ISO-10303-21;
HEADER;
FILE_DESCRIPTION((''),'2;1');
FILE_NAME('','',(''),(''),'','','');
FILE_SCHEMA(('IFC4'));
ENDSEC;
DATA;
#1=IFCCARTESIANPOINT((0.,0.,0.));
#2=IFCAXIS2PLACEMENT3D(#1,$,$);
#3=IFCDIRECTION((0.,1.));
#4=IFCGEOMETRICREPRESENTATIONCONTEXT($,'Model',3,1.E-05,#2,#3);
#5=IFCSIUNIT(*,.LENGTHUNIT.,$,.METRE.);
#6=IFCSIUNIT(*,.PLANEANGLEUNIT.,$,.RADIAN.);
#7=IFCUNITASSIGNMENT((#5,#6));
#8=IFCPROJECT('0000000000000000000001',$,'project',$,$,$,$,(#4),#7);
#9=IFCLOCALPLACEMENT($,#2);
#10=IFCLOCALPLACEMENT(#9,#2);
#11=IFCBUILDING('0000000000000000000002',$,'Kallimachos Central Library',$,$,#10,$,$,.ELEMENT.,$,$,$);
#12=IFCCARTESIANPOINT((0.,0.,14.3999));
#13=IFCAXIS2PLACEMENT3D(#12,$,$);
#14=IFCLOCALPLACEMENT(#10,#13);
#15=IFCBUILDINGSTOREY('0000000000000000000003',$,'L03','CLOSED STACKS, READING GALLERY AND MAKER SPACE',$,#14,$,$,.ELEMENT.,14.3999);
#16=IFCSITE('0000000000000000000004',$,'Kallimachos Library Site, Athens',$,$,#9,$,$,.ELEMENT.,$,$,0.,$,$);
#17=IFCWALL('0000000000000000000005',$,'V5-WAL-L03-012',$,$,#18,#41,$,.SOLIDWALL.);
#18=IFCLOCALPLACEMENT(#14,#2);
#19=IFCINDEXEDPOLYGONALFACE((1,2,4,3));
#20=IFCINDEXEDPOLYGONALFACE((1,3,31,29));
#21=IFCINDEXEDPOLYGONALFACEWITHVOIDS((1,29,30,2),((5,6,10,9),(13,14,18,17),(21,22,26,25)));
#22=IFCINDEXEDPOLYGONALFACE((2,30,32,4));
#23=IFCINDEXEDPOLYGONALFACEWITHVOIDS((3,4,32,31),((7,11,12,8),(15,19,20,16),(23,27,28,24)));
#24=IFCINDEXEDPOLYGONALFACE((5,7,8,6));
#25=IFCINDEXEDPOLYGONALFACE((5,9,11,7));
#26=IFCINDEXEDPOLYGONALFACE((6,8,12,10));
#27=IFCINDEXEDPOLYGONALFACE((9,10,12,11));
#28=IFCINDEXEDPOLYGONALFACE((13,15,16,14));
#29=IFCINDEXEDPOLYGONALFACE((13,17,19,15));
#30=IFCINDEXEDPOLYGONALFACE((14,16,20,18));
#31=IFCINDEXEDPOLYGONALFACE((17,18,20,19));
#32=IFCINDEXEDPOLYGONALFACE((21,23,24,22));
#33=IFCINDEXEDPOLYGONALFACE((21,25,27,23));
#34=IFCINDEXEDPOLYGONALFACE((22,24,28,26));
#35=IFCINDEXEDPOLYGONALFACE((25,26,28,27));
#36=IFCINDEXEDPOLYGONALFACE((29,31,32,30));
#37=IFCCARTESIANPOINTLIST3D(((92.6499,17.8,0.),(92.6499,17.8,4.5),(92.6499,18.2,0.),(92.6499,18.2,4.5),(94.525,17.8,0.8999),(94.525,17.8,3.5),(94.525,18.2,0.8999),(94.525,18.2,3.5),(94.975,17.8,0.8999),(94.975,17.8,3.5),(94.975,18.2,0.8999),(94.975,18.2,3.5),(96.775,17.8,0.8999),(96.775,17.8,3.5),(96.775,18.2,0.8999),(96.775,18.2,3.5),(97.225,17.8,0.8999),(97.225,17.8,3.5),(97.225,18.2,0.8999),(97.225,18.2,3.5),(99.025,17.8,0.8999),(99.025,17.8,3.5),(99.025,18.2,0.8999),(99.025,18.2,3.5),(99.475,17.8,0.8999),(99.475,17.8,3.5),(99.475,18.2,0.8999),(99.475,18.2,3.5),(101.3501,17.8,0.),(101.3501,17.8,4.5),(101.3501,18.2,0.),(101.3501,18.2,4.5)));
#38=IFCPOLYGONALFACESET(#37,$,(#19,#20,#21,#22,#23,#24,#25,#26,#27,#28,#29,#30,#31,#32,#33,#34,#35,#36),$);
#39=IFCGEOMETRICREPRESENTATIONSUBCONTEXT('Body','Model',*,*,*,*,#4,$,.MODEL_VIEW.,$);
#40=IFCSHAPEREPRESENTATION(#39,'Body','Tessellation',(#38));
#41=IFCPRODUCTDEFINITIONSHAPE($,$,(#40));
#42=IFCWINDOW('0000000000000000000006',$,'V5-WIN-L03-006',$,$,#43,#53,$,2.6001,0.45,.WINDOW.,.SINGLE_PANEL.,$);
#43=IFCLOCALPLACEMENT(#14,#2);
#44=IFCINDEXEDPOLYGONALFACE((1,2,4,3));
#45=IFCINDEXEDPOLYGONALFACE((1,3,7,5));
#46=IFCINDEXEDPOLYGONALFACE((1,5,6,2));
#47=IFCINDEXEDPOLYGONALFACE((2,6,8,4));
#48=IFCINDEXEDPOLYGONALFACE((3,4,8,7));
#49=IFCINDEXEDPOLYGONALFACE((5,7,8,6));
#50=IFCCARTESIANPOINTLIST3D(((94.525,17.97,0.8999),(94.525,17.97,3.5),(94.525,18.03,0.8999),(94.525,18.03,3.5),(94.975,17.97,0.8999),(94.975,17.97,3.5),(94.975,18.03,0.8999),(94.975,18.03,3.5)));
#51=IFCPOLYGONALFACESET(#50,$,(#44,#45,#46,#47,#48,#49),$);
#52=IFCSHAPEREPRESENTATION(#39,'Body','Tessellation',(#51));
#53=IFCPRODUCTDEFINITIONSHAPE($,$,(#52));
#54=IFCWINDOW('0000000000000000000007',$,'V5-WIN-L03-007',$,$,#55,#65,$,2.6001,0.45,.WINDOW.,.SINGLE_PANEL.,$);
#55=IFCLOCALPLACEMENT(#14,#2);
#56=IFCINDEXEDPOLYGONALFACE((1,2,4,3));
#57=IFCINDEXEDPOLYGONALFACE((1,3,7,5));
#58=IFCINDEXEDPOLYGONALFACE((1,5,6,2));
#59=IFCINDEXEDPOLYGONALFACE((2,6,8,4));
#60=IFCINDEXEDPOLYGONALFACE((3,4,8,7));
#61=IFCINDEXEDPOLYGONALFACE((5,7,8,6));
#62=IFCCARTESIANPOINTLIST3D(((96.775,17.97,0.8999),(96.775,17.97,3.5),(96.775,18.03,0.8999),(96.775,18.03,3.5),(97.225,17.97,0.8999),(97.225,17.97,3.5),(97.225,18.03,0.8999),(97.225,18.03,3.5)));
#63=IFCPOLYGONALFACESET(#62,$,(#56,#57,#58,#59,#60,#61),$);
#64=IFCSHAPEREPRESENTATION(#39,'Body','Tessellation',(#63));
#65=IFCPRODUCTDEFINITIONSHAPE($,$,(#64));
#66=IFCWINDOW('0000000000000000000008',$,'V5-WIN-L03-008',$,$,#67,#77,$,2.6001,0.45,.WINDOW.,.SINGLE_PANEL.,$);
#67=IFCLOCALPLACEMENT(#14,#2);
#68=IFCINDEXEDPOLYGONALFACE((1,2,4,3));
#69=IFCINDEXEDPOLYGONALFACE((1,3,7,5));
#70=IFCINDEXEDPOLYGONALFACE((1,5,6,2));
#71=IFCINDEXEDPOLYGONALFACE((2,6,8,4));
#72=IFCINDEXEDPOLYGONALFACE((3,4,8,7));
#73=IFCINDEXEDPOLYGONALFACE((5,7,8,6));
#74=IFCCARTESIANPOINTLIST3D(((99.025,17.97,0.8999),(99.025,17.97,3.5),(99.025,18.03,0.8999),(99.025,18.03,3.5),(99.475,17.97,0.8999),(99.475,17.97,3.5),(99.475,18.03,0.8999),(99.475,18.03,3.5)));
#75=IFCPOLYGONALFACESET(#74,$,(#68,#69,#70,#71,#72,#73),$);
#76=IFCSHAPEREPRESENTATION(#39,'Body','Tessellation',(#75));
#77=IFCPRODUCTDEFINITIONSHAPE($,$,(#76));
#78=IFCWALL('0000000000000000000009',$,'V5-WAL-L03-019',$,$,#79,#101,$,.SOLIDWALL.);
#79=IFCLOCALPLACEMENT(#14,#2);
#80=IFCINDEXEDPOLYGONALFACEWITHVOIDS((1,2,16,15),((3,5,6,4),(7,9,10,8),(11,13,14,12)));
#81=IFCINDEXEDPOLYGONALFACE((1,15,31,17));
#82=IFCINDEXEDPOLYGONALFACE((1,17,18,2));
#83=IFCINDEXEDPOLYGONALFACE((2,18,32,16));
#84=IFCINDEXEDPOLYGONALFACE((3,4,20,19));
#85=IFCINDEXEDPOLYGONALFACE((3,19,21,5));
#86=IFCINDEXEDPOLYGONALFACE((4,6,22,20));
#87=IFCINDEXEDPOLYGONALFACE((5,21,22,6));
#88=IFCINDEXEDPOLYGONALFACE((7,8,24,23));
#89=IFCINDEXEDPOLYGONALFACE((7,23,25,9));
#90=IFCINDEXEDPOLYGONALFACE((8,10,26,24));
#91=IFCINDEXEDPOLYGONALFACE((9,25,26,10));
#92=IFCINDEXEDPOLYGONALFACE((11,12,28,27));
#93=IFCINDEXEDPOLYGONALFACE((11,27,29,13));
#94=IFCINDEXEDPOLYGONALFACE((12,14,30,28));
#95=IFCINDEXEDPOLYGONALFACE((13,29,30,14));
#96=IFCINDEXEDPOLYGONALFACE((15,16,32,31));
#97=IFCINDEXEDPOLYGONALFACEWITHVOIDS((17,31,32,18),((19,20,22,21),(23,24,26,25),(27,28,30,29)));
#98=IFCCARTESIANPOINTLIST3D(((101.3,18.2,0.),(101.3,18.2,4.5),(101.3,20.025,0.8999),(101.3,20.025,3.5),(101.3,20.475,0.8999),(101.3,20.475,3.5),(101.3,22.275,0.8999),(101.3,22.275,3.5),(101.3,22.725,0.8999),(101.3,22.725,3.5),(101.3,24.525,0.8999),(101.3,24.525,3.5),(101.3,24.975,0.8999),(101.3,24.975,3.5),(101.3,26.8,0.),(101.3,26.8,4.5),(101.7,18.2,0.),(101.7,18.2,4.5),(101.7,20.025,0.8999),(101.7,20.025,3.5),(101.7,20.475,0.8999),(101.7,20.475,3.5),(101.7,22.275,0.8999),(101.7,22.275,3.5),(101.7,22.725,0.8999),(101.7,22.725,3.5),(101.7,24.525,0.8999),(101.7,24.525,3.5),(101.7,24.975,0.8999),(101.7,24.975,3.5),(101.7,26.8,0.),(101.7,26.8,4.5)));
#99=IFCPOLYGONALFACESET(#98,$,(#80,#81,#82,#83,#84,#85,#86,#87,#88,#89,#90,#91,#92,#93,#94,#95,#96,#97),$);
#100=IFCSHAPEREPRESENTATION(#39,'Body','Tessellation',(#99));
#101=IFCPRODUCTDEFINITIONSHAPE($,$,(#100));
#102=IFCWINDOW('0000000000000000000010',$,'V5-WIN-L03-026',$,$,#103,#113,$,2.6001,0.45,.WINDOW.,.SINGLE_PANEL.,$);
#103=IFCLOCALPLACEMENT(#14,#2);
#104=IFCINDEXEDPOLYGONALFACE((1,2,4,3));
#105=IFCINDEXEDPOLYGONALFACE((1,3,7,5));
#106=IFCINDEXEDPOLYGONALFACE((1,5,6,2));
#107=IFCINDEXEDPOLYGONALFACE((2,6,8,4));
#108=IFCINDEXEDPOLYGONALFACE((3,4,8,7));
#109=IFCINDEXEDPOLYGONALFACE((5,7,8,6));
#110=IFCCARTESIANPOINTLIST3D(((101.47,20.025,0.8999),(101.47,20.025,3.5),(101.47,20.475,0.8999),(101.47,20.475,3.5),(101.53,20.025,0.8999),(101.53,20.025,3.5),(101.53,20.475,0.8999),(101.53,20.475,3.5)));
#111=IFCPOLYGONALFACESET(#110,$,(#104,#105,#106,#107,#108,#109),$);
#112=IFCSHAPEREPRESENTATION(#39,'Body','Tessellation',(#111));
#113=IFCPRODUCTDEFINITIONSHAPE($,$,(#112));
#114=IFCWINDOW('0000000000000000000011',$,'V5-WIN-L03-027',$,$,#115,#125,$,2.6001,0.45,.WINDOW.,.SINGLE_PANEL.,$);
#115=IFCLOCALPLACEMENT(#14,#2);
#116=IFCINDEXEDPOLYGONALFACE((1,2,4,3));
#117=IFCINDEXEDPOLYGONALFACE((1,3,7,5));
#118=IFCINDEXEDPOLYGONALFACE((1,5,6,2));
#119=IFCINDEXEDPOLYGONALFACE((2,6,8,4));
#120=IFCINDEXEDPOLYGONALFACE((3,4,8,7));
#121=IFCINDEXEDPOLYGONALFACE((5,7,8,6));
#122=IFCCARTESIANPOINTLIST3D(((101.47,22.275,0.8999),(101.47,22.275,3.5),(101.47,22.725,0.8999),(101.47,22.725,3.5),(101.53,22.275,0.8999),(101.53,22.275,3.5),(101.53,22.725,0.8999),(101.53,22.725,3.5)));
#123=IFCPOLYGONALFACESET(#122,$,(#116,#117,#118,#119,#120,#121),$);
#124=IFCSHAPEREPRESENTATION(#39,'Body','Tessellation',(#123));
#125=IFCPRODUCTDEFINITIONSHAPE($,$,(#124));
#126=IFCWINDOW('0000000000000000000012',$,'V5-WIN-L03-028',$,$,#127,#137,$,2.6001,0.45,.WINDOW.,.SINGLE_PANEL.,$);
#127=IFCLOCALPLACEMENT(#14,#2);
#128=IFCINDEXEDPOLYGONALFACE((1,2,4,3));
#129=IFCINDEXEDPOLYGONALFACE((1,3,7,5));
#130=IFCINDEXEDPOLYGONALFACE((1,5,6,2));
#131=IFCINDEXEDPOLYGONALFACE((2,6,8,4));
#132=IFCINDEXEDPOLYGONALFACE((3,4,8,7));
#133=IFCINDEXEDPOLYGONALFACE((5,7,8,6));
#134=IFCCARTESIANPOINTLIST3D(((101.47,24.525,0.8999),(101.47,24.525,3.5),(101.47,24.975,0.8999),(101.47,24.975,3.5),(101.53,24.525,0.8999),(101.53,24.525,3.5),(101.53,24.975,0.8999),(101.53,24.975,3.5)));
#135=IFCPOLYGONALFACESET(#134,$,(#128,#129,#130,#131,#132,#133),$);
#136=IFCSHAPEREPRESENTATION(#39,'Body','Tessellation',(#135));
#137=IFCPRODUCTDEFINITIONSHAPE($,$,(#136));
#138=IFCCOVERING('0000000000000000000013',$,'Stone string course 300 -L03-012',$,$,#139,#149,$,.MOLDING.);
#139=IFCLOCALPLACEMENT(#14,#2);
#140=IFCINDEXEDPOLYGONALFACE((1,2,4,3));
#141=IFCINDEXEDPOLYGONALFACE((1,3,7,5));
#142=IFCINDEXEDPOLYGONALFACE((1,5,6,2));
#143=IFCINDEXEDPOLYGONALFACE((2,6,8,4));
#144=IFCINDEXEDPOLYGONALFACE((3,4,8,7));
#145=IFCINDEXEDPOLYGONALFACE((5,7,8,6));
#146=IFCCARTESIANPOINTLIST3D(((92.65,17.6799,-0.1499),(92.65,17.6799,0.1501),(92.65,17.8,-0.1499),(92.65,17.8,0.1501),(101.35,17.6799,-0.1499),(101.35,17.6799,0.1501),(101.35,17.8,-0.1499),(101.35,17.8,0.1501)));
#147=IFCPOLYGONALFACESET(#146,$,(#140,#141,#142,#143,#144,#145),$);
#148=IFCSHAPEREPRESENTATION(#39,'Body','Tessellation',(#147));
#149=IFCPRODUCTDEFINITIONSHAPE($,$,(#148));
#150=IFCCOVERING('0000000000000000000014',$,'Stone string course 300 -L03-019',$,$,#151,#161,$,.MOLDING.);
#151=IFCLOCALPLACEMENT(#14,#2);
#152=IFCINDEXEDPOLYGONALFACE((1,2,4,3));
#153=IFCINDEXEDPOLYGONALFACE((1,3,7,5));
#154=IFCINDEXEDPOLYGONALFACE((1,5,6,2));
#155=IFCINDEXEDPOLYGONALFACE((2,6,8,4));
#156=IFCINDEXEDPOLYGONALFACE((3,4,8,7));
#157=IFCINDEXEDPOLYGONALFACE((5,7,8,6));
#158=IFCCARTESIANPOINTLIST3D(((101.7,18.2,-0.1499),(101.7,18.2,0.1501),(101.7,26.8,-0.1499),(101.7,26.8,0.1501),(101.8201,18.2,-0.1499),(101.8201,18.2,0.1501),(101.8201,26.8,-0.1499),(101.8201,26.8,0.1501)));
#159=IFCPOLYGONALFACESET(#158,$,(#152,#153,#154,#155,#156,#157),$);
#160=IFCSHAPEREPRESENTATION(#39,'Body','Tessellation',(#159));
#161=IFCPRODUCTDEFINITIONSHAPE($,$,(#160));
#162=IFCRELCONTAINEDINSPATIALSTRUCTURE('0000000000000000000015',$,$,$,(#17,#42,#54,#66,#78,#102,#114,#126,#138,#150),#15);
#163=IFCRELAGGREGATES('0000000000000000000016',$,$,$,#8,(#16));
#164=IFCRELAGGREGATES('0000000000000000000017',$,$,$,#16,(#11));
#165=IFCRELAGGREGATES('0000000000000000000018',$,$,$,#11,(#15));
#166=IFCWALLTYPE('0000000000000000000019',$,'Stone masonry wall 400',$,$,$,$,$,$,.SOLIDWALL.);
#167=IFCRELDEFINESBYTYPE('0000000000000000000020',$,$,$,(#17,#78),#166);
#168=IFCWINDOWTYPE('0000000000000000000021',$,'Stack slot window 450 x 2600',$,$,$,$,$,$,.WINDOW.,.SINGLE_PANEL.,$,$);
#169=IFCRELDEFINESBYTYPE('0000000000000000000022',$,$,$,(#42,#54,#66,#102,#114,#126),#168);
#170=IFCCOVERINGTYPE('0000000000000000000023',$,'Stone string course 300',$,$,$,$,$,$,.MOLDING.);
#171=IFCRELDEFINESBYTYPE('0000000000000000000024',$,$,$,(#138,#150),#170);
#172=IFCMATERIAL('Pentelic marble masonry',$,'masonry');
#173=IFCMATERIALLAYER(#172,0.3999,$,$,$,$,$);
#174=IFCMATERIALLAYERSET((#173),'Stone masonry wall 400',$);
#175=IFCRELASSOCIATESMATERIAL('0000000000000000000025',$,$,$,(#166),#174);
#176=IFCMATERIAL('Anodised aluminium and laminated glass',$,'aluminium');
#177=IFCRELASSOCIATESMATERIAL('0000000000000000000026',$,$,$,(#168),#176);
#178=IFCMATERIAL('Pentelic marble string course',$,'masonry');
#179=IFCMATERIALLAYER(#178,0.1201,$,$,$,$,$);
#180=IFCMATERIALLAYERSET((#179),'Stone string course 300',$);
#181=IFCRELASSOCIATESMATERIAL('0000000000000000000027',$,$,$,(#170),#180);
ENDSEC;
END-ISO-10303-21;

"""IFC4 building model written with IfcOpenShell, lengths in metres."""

from ifc_helpers import new_model, si_unit, direction, frame, frame_2d, origin, origin_2d, place, context, subcontext, project, spatial, rectangle, extrude, material, layer, layer_set, type_object, element, fill, save


model = new_model("IFC4")

# Units and contexts
model_context = context("Model", 3, precision=1e-05, world=origin(), true_north=direction((0.0, 1.0)))
body_context = subcontext(model_context, "Body", "Model", "MODEL_VIEW")
ifc_project = project(units=[si_unit("LENGTHUNIT", "METRE"), si_unit("PLANEANGLEUNIT", "RADIAN")], contexts=[model_context])

# Site, building, storey
site_placement = place(None, origin())
site = spatial("IfcSite", under=ifc_project, at=site_placement, Name="Kallimachos Library Site, Athens", CompositionType="ELEMENT", RefElevation=0.0)
building_placement = place(site_placement, origin())
building = spatial("IfcBuilding", under=site, at=building_placement, Name="Kallimachos Central Library", CompositionType="ELEMENT")
storey_placement = place(building_placement, frame((0.0, 0.0, 14.3999)))
storey = spatial("IfcBuildingStorey", under=building, at=storey_placement, Name="L03", Description="CLOSED STACKS, READING GALLERY AND MAKER SPACE", CompositionType="ELEMENT", Elevation=14.3999)

# Walls, openings, windows
ifc_material_1 = material(Name="Pentelic marble masonry", Category="masonry")
ifc_layer_1 = layer(ifc_material_1, 0.3999)
ifc_layer_set_1 = layer_set([ifc_layer_1], Name="Stone masonry wall 400")
wall_type = type_object("IfcWallType", Name="Stone masonry wall 400", PredefinedType="SOLIDWALL", material=ifc_layer_set_1)
wall_1_placement = place(storey_placement, frame((92.6499, 18.0, 0.0), z_axis=(0.0, 0.0, 1.0), x_axis=(1.0, 0.0, 0.0)))
wall_1 = element("IfcWall", 1, at=wall_1_placement, inside=storey, type_object=wall_type, Name="V5-WAL-L03-012", PredefinedType="SOLIDWALL", context=body_context, shape_type="SweptSolid", body=[
    extrude(rectangle(XDim=8.7002, YDim=0.3999, at=frame_2d((4.3501, 0.0))), origin(), (0.0, 0.0, 1.0), 4.5),
])
opening_1_placement = place(wall_1_placement, frame((1.875, 0.0, 0.8999)))
opening_1 = element("IfcOpeningElement", 2, at=opening_1_placement, cuts=wall_1, PredefinedType="OPENING", context=body_context, shape_type="SweptSolid", body=[
    extrude(rectangle(XDim=0.45, YDim=2.6001, at=frame_2d((0.2251, 1.3))), frame((0.0, 0.21, 0.0), z_axis=(0.0, -1.0, 0.0), x_axis=(1.0, 0.0, 0.0)), (0.0, 0.0, 1.0), 0.4199),
])
opening_2_placement = place(wall_1_placement, frame((4.125, 0.0, 0.8999)))
opening_2 = element("IfcOpeningElement", 3, at=opening_2_placement, cuts=wall_1, PredefinedType="OPENING", context=body_context, shape_type="SweptSolid", body=[
    extrude(rectangle(XDim=0.45, YDim=2.6001, at=frame_2d((0.2251, 1.3))), frame((0.0, 0.21, 0.0), z_axis=(0.0, -1.0, 0.0), x_axis=(1.0, 0.0, 0.0)), (0.0, 0.0, 1.0), 0.4199),
])
opening_3_placement = place(wall_1_placement, frame((6.375, 0.0, 0.8999)))
opening_3 = element("IfcOpeningElement", 4, at=opening_3_placement, cuts=wall_1, PredefinedType="OPENING", context=body_context, shape_type="SweptSolid", body=[
    extrude(rectangle(XDim=0.45, YDim=2.6001, at=frame_2d((0.2251, 1.3))), frame((0.0, 0.21, 0.0), z_axis=(0.0, -1.0, 0.0), x_axis=(1.0, 0.0, 0.0)), (0.0, 0.0, 1.0), 0.4199),
])
ifc_material_2 = material(Name="Anodised aluminium and laminated glass", Category="aluminium")
window_type = type_object("IfcWindowType", Name="Stack slot window 450 x 2600", PartitioningType="SINGLE_PANEL", PredefinedType="WINDOW", material=ifc_material_2)
window_1_placement = place(opening_1_placement, origin())
window_1 = element("IfcWindow", 5, at=window_1_placement, inside=storey, type_object=window_type, Name="V5-WIN-L03-006", OverallHeight=2.6001, OverallWidth=0.45, PartitioningType="SINGLE_PANEL", PredefinedType="WINDOW", context=body_context, shape_type="SweptSolid", body=[
    extrude(rectangle(XDim=0.45, YDim=2.6001, at=frame_2d((0.2251, 1.3))), frame((0.0, 0.03, 0.0), z_axis=(0.0, -1.0, 0.0), x_axis=(1.0, 0.0, 0.0)), (0.0, 0.0, 1.0), 0.0601),
])
fill(opening_1, window_1)
window_2_placement = place(opening_2_placement, origin())
window_2 = element("IfcWindow", 6, at=window_2_placement, inside=storey, type_object=window_type, Name="V5-WIN-L03-007", OverallHeight=2.6001, OverallWidth=0.45, PartitioningType="SINGLE_PANEL", PredefinedType="WINDOW", context=body_context, shape_type="SweptSolid", body=[
    extrude(rectangle(XDim=0.45, YDim=2.6001, at=frame_2d((0.2251, 1.3))), frame((0.0, 0.03, 0.0), z_axis=(0.0, -1.0, 0.0), x_axis=(1.0, 0.0, 0.0)), (0.0, 0.0, 1.0), 0.0601),
])
fill(opening_2, window_2)
window_3_placement = place(opening_3_placement, origin())
window_3 = element("IfcWindow", 7, at=window_3_placement, inside=storey, type_object=window_type, Name="V5-WIN-L03-008", OverallHeight=2.6001, OverallWidth=0.45, PartitioningType="SINGLE_PANEL", PredefinedType="WINDOW", context=body_context, shape_type="SweptSolid", body=[
    extrude(rectangle(XDim=0.45, YDim=2.6001, at=frame_2d((0.2251, 1.3))), frame((0.0, 0.03, 0.0), z_axis=(0.0, -1.0, 0.0), x_axis=(1.0, 0.0, 0.0)), (0.0, 0.0, 1.0), 0.0601),
])
fill(opening_3, window_3)
wall_2_placement = place(storey_placement, frame((101.5, 18.2, 0.0), z_axis=(0.0, 0.0, 1.0), x_axis=(0.0, 1.0, 0.0)))
wall_2 = element("IfcWall", 8, at=wall_2_placement, inside=storey, type_object=wall_type, Name="V5-WAL-L03-019", PredefinedType="SOLIDWALL", context=body_context, shape_type="SweptSolid", body=[
    extrude(rectangle(XDim=8.6001, YDim=0.3999, at=frame_2d((4.3, 0.0))), origin(), (0.0, 0.0, 1.0), 4.5),
])
opening_4_placement = place(wall_2_placement, frame((1.825, 0.0, 0.8999)))
opening_4 = element("IfcOpeningElement", 9, at=opening_4_placement, cuts=wall_2, PredefinedType="OPENING", context=body_context, shape_type="SweptSolid", body=[
    extrude(rectangle(XDim=0.45, YDim=2.6001, at=frame_2d((0.2251, 1.3))), frame((0.0, 0.21, 0.0), z_axis=(0.0, -1.0, 0.0), x_axis=(1.0, 0.0, 0.0)), (0.0, 0.0, 1.0), 0.4199),
])
opening_5_placement = place(wall_2_placement, frame((4.075, 0.0, 0.8999)))
opening_5 = element("IfcOpeningElement", 10, at=opening_5_placement, cuts=wall_2, PredefinedType="OPENING", context=body_context, shape_type="SweptSolid", body=[
    extrude(rectangle(XDim=0.45, YDim=2.6001, at=frame_2d((0.2251, 1.3))), frame((0.0, 0.21, 0.0), z_axis=(0.0, -1.0, 0.0), x_axis=(1.0, 0.0, 0.0)), (0.0, 0.0, 1.0), 0.4199),
])
opening_6_placement = place(wall_2_placement, frame((6.325, 0.0, 0.8999)))
opening_6 = element("IfcOpeningElement", 11, at=opening_6_placement, cuts=wall_2, PredefinedType="OPENING", context=body_context, shape_type="SweptSolid", body=[
    extrude(rectangle(XDim=0.45, YDim=2.6001, at=frame_2d((0.2251, 1.3))), frame((0.0, 0.21, 0.0), z_axis=(0.0, -1.0, 0.0), x_axis=(1.0, 0.0, 0.0)), (0.0, 0.0, 1.0), 0.4199),
])
window_4_placement = place(opening_4_placement, origin())
window_4 = element("IfcWindow", 12, at=window_4_placement, inside=storey, type_object=window_type, Name="V5-WIN-L03-026", OverallHeight=2.6001, OverallWidth=0.45, PartitioningType="SINGLE_PANEL", PredefinedType="WINDOW", context=body_context, shape_type="SweptSolid", body=[
    extrude(rectangle(XDim=0.45, YDim=2.6001, at=frame_2d((0.2251, 1.3))), frame((0.0, 0.03, 0.0), z_axis=(0.0, -1.0, 0.0), x_axis=(1.0, 0.0, 0.0)), (0.0, 0.0, 1.0), 0.0601),
])
fill(opening_4, window_4)
window_5_placement = place(opening_5_placement, origin())
window_5 = element("IfcWindow", 13, at=window_5_placement, inside=storey, type_object=window_type, Name="V5-WIN-L03-027", OverallHeight=2.6001, OverallWidth=0.45, PartitioningType="SINGLE_PANEL", PredefinedType="WINDOW", context=body_context, shape_type="SweptSolid", body=[
    extrude(rectangle(XDim=0.45, YDim=2.6001, at=frame_2d((0.2251, 1.3))), frame((0.0, 0.03, 0.0), z_axis=(0.0, -1.0, 0.0), x_axis=(1.0, 0.0, 0.0)), (0.0, 0.0, 1.0), 0.0601),
])
fill(opening_5, window_5)
window_6_placement = place(opening_6_placement, origin())
window_6 = element("IfcWindow", 14, at=window_6_placement, inside=storey, type_object=window_type, Name="V5-WIN-L03-028", OverallHeight=2.6001, OverallWidth=0.45, PartitioningType="SINGLE_PANEL", PredefinedType="WINDOW", context=body_context, shape_type="SweptSolid", body=[
    extrude(rectangle(XDim=0.45, YDim=2.6001, at=frame_2d((0.2251, 1.3))), frame((0.0, 0.03, 0.0), z_axis=(0.0, -1.0, 0.0), x_axis=(1.0, 0.0, 0.0)), (0.0, 0.0, 1.0), 0.0601),
])
fill(opening_6, window_6)

# Coverings
ifc_material_3 = material(Name="Pentelic marble string course", Category="masonry")
ifc_layer_2 = layer(ifc_material_3, 0.1201)
ifc_layer_set_2 = layer_set([ifc_layer_2], Name="Stone string course 300")
covering_type_1 = type_object("IfcCoveringType", Name="Stone string course 300", PredefinedType="MOLDING", material=ifc_layer_set_2)
covering_1_placement = place(storey_placement, frame((97.0, 17.74, -0.1499), z_axis=(0.0, 0.0, 1.0), x_axis=(1.0, 0.0, 0.0)))
element("IfcCovering", 15, at=covering_1_placement, inside=storey, type_object=covering_type_1, Name="Stone string course 300 -L03-012", PredefinedType="MOLDING", context=body_context, shape_type="SweptSolid", body=[
    extrude(rectangle(XDim=8.7, YDim=0.1201, at=origin_2d()), origin(), (0.0, 0.0, 1.0), 0.3),
])
covering_2_placement = place(storey_placement, frame((101.76, 22.5, -0.1499), z_axis=(0.0, 0.0, 1.0), x_axis=(1.0, 0.0, 0.0)))
element("IfcCovering", 16, at=covering_2_placement, inside=storey, type_object=covering_type_1, Name="Stone string course 300 -L03-019", PredefinedType="MOLDING", context=body_context, shape_type="SweptSolid", body=[
    extrude(rectangle(XDim=0.1201, YDim=8.6001, at=origin_2d()), origin(), (0.0, 0.0, 1.0), 0.3),
])

save(model, "model.ifc")
